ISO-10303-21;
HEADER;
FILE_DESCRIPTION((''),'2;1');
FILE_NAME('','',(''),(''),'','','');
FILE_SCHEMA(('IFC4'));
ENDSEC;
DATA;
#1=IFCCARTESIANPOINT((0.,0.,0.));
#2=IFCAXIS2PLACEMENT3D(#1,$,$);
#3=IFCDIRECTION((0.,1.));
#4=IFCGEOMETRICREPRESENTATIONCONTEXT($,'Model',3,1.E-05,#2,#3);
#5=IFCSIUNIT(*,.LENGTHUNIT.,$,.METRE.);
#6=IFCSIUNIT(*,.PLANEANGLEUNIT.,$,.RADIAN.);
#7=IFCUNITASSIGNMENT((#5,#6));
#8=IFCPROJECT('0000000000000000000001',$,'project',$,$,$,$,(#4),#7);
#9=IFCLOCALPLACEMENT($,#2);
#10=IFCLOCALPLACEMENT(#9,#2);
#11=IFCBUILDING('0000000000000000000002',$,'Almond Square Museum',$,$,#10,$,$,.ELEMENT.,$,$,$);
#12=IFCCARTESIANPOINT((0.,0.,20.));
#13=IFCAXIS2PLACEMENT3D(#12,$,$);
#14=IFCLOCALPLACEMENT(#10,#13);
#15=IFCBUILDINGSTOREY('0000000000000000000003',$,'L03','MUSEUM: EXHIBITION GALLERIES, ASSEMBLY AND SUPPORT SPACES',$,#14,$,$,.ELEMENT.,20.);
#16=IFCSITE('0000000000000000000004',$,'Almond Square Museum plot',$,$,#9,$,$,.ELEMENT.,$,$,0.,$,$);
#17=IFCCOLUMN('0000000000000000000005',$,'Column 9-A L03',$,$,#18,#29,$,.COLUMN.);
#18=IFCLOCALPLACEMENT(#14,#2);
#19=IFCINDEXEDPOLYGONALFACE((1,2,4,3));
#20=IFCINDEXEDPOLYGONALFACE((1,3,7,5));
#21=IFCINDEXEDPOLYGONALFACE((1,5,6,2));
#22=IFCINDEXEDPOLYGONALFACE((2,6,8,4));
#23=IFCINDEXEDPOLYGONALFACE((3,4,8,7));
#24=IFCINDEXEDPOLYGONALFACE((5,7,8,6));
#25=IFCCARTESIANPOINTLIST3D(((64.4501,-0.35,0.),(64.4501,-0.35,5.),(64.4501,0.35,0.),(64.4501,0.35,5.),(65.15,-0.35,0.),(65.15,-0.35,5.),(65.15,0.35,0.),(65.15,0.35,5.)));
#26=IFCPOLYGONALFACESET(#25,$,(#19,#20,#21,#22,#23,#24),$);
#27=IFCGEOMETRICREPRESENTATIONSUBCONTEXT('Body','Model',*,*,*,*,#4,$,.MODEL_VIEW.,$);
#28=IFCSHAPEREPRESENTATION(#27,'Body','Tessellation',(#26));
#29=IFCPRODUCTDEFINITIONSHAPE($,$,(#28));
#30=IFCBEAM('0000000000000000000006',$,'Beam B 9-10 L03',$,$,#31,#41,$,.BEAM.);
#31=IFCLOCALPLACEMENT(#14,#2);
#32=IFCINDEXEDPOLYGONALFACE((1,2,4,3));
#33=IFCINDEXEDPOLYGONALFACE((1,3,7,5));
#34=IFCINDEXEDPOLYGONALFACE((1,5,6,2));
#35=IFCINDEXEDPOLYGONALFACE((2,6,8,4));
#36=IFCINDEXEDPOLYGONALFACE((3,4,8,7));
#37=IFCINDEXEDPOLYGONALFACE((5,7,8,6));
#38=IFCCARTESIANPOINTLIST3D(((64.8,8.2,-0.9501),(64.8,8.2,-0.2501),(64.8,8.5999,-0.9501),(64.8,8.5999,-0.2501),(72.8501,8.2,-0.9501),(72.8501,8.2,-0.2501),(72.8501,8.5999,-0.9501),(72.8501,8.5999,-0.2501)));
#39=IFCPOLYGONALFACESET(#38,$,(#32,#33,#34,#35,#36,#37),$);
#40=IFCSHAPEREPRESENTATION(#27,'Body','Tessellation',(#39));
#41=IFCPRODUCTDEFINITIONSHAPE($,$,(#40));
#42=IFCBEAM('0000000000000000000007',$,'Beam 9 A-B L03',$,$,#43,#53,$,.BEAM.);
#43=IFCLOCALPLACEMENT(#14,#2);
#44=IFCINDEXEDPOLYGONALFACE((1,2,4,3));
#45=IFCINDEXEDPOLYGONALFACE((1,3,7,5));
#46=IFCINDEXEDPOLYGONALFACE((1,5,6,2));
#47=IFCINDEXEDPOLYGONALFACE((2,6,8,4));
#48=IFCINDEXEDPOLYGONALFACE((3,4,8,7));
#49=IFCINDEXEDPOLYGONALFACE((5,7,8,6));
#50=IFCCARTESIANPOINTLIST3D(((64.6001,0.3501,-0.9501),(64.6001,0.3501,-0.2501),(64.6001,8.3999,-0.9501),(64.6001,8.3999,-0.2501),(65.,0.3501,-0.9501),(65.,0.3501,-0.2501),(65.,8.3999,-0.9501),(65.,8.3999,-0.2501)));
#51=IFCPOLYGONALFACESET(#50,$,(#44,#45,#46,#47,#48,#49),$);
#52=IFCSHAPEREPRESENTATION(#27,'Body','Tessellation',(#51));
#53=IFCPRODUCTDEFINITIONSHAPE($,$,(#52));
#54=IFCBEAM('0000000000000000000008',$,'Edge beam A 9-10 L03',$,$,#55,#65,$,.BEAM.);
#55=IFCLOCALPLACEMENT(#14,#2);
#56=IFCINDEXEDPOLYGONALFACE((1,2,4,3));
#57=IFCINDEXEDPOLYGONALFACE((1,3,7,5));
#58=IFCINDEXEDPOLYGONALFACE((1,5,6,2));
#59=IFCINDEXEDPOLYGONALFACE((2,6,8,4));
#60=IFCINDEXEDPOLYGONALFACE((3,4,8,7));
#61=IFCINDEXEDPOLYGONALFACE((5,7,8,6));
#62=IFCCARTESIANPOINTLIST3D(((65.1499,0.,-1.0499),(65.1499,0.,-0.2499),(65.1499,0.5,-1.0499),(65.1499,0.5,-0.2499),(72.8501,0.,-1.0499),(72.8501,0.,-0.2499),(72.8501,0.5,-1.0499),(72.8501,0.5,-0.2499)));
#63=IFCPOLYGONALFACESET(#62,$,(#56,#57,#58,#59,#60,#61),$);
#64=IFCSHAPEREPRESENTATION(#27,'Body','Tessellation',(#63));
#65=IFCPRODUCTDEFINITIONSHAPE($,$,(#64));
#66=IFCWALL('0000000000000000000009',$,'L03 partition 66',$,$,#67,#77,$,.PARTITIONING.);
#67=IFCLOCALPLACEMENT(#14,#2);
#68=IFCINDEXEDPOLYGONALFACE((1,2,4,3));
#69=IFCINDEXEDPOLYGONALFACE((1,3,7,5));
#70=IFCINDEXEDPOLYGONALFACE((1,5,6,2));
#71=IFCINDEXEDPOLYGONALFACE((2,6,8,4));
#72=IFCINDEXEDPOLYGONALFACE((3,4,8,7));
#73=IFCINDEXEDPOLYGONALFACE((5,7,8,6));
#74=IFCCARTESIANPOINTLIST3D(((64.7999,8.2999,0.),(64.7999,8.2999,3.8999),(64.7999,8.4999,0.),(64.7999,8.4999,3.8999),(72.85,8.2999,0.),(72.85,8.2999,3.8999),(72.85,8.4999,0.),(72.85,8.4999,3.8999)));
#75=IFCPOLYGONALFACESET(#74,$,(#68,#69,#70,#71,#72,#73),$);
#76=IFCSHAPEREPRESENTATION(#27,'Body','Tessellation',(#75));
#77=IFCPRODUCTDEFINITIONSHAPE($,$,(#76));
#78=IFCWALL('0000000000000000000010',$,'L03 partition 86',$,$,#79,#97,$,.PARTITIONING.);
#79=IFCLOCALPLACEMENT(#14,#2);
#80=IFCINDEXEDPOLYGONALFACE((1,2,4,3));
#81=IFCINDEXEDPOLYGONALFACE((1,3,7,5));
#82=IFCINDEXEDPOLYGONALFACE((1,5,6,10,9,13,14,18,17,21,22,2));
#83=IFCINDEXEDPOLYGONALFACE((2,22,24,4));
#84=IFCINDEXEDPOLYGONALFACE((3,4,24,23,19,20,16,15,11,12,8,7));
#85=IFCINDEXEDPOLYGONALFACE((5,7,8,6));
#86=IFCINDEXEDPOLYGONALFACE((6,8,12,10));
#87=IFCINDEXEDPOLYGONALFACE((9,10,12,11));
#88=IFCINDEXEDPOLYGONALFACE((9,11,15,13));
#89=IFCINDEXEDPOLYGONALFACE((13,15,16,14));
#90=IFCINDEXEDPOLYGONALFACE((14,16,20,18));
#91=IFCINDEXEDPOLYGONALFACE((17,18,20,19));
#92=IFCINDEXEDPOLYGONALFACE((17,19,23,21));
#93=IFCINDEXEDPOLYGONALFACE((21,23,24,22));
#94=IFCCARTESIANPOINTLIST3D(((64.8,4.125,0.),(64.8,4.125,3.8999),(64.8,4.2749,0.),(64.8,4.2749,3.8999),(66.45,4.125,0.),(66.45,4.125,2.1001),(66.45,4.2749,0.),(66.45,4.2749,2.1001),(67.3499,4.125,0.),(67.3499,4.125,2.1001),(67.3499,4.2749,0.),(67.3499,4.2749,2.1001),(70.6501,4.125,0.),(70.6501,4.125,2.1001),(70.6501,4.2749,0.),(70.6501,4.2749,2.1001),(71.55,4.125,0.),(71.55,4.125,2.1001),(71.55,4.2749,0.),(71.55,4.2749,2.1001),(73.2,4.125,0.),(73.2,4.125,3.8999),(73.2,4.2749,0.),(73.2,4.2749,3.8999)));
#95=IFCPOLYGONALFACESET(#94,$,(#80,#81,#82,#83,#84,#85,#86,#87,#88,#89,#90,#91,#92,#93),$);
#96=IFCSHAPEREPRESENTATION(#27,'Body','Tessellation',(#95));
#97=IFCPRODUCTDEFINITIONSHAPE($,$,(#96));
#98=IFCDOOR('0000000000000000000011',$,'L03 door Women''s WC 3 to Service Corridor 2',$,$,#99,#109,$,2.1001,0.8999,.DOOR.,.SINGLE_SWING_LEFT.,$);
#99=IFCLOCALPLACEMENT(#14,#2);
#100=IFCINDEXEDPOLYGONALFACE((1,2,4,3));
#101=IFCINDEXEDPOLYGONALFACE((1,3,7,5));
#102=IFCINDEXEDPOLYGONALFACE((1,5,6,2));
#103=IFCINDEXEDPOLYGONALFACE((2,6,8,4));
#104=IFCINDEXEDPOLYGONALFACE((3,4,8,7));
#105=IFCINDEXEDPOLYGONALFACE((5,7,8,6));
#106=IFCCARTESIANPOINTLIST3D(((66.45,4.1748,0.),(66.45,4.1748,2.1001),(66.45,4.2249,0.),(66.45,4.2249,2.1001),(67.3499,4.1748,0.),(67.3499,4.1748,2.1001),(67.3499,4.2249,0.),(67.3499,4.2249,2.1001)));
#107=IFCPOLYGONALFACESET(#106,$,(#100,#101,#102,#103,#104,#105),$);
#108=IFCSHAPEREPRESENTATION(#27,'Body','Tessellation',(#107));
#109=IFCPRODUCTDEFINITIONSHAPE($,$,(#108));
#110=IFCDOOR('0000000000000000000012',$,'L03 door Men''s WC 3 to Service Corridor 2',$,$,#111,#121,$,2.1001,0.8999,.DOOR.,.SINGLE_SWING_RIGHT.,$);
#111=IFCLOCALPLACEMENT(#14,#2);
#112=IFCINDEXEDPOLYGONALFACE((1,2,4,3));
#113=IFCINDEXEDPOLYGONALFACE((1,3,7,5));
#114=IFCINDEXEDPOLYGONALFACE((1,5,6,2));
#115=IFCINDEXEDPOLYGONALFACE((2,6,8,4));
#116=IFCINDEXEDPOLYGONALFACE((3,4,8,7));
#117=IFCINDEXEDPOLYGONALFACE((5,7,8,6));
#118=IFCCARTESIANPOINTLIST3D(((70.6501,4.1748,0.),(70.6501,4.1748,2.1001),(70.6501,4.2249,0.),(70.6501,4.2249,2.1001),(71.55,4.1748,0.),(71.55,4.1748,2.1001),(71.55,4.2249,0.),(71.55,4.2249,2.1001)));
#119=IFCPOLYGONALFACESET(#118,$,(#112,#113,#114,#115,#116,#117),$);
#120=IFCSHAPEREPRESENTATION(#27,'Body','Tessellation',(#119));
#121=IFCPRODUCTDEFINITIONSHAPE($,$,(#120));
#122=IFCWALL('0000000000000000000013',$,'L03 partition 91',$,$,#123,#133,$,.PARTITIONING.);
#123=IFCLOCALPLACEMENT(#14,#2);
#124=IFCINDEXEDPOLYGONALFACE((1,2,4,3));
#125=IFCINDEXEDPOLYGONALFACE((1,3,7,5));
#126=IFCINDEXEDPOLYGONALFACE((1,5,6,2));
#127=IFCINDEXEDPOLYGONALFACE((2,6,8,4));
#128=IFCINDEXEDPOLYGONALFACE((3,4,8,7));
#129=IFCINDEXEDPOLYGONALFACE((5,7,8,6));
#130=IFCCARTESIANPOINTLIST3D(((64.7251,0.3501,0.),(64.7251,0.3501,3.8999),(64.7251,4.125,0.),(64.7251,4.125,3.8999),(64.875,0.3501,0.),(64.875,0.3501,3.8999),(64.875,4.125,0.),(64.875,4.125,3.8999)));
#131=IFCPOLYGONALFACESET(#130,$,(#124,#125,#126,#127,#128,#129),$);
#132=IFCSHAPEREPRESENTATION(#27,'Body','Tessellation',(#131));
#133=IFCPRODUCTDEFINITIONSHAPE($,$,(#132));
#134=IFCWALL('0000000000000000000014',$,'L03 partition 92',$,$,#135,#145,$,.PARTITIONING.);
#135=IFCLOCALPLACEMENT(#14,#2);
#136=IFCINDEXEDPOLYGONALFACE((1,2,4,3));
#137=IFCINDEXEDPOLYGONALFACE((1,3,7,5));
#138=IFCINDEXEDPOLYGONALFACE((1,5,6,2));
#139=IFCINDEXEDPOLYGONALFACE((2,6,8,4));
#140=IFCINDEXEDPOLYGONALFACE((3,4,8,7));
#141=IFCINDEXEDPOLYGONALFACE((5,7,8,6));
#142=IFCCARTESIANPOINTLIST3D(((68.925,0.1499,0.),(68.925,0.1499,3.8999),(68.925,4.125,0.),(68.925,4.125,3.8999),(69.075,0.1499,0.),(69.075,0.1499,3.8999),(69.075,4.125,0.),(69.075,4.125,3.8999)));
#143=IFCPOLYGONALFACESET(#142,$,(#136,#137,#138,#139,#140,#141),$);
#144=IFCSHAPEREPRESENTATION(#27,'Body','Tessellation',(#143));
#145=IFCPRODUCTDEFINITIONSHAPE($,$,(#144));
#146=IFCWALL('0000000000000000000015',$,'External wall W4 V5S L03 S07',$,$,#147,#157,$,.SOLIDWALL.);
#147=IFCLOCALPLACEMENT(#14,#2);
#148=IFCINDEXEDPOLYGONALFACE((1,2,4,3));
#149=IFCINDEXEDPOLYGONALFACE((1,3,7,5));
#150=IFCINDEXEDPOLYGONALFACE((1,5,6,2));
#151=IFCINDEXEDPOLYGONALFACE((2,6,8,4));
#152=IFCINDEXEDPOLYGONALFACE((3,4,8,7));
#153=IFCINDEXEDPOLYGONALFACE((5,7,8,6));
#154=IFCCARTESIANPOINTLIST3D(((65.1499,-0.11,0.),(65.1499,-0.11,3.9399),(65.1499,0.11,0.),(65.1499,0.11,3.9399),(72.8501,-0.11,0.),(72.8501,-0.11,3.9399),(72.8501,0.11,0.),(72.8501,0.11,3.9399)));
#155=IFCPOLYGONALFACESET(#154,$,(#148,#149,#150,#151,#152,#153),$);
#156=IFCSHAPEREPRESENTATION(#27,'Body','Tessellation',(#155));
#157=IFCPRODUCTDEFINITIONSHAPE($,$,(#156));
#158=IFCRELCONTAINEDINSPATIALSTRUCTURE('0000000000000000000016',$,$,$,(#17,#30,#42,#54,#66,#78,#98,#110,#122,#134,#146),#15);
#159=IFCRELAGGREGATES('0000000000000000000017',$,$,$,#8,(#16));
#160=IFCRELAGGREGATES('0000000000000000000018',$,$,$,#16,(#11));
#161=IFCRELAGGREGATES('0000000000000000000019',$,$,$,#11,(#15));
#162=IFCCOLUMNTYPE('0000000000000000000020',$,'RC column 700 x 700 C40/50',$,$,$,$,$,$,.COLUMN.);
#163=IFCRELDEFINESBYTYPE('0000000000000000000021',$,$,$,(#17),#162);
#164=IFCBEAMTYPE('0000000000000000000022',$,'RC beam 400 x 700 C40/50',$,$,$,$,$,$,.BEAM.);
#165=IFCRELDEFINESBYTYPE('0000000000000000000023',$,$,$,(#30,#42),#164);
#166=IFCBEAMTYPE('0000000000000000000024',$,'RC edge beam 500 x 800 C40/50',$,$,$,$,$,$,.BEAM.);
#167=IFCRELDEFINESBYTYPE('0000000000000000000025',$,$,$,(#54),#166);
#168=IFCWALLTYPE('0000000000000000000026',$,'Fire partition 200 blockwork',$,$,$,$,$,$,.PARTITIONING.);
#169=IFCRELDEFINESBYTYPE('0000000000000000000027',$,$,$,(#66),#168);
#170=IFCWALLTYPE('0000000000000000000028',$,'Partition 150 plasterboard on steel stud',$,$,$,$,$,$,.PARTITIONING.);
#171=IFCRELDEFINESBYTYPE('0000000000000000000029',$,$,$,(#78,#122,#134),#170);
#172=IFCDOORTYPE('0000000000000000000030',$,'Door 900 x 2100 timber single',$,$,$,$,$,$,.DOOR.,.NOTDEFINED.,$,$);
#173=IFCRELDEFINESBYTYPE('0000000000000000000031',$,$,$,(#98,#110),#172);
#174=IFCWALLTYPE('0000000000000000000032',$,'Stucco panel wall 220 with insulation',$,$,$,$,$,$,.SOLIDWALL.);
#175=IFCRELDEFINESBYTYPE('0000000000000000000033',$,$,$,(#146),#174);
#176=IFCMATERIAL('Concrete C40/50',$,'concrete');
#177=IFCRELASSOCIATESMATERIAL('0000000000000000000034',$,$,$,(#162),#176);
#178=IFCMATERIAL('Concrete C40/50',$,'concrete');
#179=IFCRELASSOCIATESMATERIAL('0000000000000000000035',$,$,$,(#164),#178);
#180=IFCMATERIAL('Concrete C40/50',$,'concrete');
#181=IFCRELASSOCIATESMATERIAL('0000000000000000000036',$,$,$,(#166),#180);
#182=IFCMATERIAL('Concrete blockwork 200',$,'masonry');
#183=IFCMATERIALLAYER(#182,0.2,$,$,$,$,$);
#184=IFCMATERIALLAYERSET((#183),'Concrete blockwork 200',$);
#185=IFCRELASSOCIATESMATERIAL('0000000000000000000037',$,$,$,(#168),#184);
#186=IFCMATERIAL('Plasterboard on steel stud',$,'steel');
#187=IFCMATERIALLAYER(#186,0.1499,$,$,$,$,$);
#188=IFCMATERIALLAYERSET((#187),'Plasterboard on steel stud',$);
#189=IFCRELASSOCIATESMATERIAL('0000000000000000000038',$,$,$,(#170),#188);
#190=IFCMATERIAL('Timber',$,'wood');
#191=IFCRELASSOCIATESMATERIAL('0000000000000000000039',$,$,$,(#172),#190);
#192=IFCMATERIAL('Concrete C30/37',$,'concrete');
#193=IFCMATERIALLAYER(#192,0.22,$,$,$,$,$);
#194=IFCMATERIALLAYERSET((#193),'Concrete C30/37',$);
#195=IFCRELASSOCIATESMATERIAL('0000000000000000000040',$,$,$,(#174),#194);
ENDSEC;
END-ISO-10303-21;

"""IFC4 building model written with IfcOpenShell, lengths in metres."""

from ifc_helpers import new_model, si_unit, direction, frame, frame_2d, origin, origin_2d, place, context, subcontext, project, spatial, rectangle, extrude, material, layer, layer_set, material_profile, profile_set, type_object, element, fill, save


model = new_model("IFC4")

# Units and contexts
model_context = context("Model", 3, precision=1e-05, world=origin(), true_north=direction((0.0, 1.0)))
body_context = subcontext(model_context, "Body", "Model", "MODEL_VIEW")
ifc_project = project(units=[si_unit("LENGTHUNIT", "METRE"), si_unit("PLANEANGLEUNIT", "RADIAN")], contexts=[model_context])

# Site, building, storey
site_placement = place(None, origin())
site = spatial("IfcSite", under=ifc_project, at=site_placement, Name="Almond Square Museum plot", CompositionType="ELEMENT", RefElevation=0.0)
building_placement = place(site_placement, origin())
building = spatial("IfcBuilding", under=site, at=building_placement, Name="Almond Square Museum", CompositionType="ELEMENT")
storey_placement = place(building_placement, frame((0.0, 0.0, 20.0)))
storey = spatial("IfcBuildingStorey", under=building, at=storey_placement, Name="L03", Description="MUSEUM: EXHIBITION GALLERIES, ASSEMBLY AND SUPPORT SPACES", CompositionType="ELEMENT", Elevation=20.0)

# Column
ifc_material_1 = material(Name="Concrete C40/50", Category="concrete")
ifc_material_profile_1 = material_profile(ifc_material_1, rectangle(XDim=0.7, YDim=0.7, at=origin_2d()))
ifc_profile_set_1 = profile_set([ifc_material_profile_1], Name="Concrete C40/50")
column_type = type_object("IfcColumnType", Name="RC column 700 x 700 C40/50", PredefinedType="COLUMN", material=ifc_profile_set_1)
column_placement = place(storey_placement, frame((64.8, 0.0, 0.0), z_axis=(0.0, 0.0, 1.0), x_axis=(1.0, 0.0, 0.0)))
element("IfcColumn", 1, at=column_placement, inside=storey, type_object=column_type, Name="Column 9-A L03", PredefinedType="COLUMN", context=body_context, shape_type="SweptSolid", body=[
    extrude(rectangle(XDim=0.7, YDim=0.7, at=origin_2d()), origin(), (0.0, 0.0, 1.0), 5.0),
])

# Beams
ifc_material_2 = material(Name="Concrete C40/50", Category="concrete")
ifc_material_profile_2 = material_profile(ifc_material_2, rectangle(XDim=0.3999, YDim=0.7, at=origin_2d()))
ifc_profile_set_2 = profile_set([ifc_material_profile_2], Name="Concrete C40/50")
beam_type_1 = type_object("IfcBeamType", Name="RC beam 400 x 700 C40/50", PredefinedType="BEAM", material=ifc_profile_set_2)
beam_1_placement = place(storey_placement, frame((64.8, 8.3999, -0.6001), z_axis=(1.0, 0.0, 0.0), x_axis=(0.0, 1.0, 0.0)))
element("IfcBeam", 2, at=beam_1_placement, inside=storey, type_object=beam_type_1, Name="Beam B 9-10 L03", PredefinedType="BEAM", context=body_context, shape_type="SweptSolid", body=[
    extrude(rectangle(XDim=0.3999, YDim=0.7, at=origin_2d()), origin(), (0.0, 0.0, 1.0), 8.05),
])
beam_2_placement = place(storey_placement, frame((64.8, 0.3501, -0.6001), z_axis=(0.0, 1.0, 0.0), x_axis=(-1.0, 0.0, 0.0)))
element("IfcBeam", 3, at=beam_2_placement, inside=storey, type_object=beam_type_1, Name="Beam 9 A-B L03", PredefinedType="BEAM", context=body_context, shape_type="SweptSolid", body=[
    extrude(rectangle(XDim=0.3999, YDim=0.7, at=origin_2d()), origin(), (0.0, 0.0, 1.0), 8.0498),
])
ifc_material_3 = material(Name="Concrete C40/50", Category="concrete")
ifc_material_profile_3 = material_profile(ifc_material_3, rectangle(XDim=0.5, YDim=0.8, at=origin_2d()))
ifc_profile_set_3 = profile_set([ifc_material_profile_3], Name="Concrete C40/50")
beam_type_2 = type_object("IfcBeamType", Name="RC edge beam 500 x 800 C40/50", PredefinedType="BEAM", material=ifc_profile_set_3)
beam_3_placement = place(storey_placement, frame((65.1499, 0.25, -0.6499), z_axis=(1.0, 0.0, 0.0), x_axis=(0.0, 1.0, 0.0)))
element("IfcBeam", 4, at=beam_3_placement, inside=storey, type_object=beam_type_2, Name="Edge beam A 9-10 L03", PredefinedType="BEAM", context=body_context, shape_type="SweptSolid", body=[
    extrude(rectangle(XDim=0.5, YDim=0.8, at=origin_2d()), origin(), (0.0, 0.0, 1.0), 7.7002),
])

# Wall
ifc_material_4 = material(Name="Concrete blockwork 200", Category="masonry")
ifc_layer_1 = layer(ifc_material_4, 0.2)
ifc_layer_set_1 = layer_set([ifc_layer_1], Name="Concrete blockwork 200")
wall_type_1 = type_object("IfcWallType", Name="Fire partition 200 blockwork", PredefinedType="PARTITIONING", material=ifc_layer_set_1)
wall_1_placement = place(storey_placement, frame((64.8, 8.3999, 0.0), z_axis=(0.0, 0.0, 1.0), x_axis=(1.0, 0.0, 0.0)))
element("IfcWall", 5, at=wall_1_placement, inside=storey, type_object=wall_type_1, Name="L03 partition 66", PredefinedType="PARTITIONING", context=body_context, shape_type="SweptSolid", body=[
    extrude(rectangle(XDim=8.05, YDim=0.2, at=frame_2d((4.0249, 0.0))), origin(), (0.0, 0.0, 1.0), 3.8999),
])

# Wall, openings, doors
ifc_material_5 = material(Name="Plasterboard on steel stud", Category="steel")
ifc_layer_2 = layer(ifc_material_5, 0.1499)
ifc_layer_set_2 = layer_set([ifc_layer_2], Name="Plasterboard on steel stud")
wall_type_2 = type_object("IfcWallType", Name="Partition 150 plasterboard on steel stud", PredefinedType="PARTITIONING", material=ifc_layer_set_2)
wall_2_placement = place(storey_placement, frame((64.8, 4.2, 0.0), z_axis=(0.0, 0.0, 1.0), x_axis=(1.0, 0.0, 0.0)))
wall_2 = element("IfcWall", 6, at=wall_2_placement, inside=storey, type_object=wall_type_2, Name="L03 partition 86", PredefinedType="PARTITIONING", context=body_context, shape_type="SweptSolid", body=[
    extrude(rectangle(XDim=8.3999, YDim=0.1499, at=frame_2d((4.2, 0.0))), origin(), (0.0, 0.0, 1.0), 3.8999),
])
opening_1_placement = place(wall_2_placement, frame((1.6499, 0.0, 0.0)))
opening_1 = element("IfcOpeningElement", 7, at=opening_1_placement, cuts=wall_2, PredefinedType="OPENING", context=body_context, shape_type="SweptSolid", body=[
    extrude(rectangle(XDim=0.8999, YDim=2.1001, at=frame_2d((0.45, 1.05))), frame((0.0, 0.085, 0.0), z_axis=(0.0, -1.0, 0.0), x_axis=(1.0, 0.0, 0.0)), (0.0, 0.0, 1.0), 0.1699),
])
opening_2_placement = place(wall_2_placement, frame((5.8501, 0.0, 0.0)))
opening_2 = element("IfcOpeningElement", 8, at=opening_2_placement, cuts=wall_2, PredefinedType="OPENING", context=body_context, shape_type="SweptSolid", body=[
    extrude(rectangle(XDim=0.8999, YDim=2.1001, at=frame_2d((0.45, 1.05))), frame((0.0, 0.085, 0.0), z_axis=(0.0, -1.0, 0.0), x_axis=(1.0, 0.0, 0.0)), (0.0, 0.0, 1.0), 0.1699),
])
ifc_material_6 = material(Name="Timber", Category="wood")
door_type = type_object("IfcDoorType", Name="Door 900 x 2100 timber single", OperationType="NOTDEFINED", PredefinedType="DOOR", material=ifc_material_6)
door_1_placement = place(opening_1_placement, origin())
door_1 = element("IfcDoor", 9, at=door_1_placement, inside=storey, type_object=door_type, Name="L03 door Women's WC 3 to Service Corridor 2", OperationType="SINGLE_SWING_LEFT", OverallHeight=2.1001, OverallWidth=0.8999, PredefinedType="DOOR", context=body_context, shape_type="SweptSolid", body=[
    extrude(rectangle(XDim=0.8999, YDim=2.1001, at=frame_2d((0.45, 1.05))), frame((0.0, 0.0249, 0.0), z_axis=(0.0, -1.0, 0.0), x_axis=(1.0, 0.0, 0.0)), (0.0, 0.0, 1.0), 0.05),
])
fill(opening_1, door_1)
door_2_placement = place(opening_2_placement, origin())
door_2 = element("IfcDoor", 10, at=door_2_placement, inside=storey, type_object=door_type, Name="L03 door Men's WC 3 to Service Corridor 2", OperationType="SINGLE_SWING_RIGHT", OverallHeight=2.1001, OverallWidth=0.8999, PredefinedType="DOOR", context=body_context, shape_type="SweptSolid", body=[
    extrude(rectangle(XDim=0.8999, YDim=2.1001, at=frame_2d((0.45, 1.05))), frame((0.0, 0.0249, 0.0), z_axis=(0.0, -1.0, 0.0), x_axis=(1.0, 0.0, 0.0)), (0.0, 0.0, 1.0), 0.05),
])
fill(opening_2, door_2)

# Walls
wall_3_placement = place(storey_placement, frame((64.8, 0.3501, 0.0), z_axis=(0.0, 0.0, 1.0), x_axis=(0.0, 1.0, 0.0)))
element("IfcWall", 11, at=wall_3_placement, inside=storey, type_object=wall_type_2, Name="L03 partition 91", PredefinedType="PARTITIONING", context=body_context, shape_type="SweptSolid", body=[
    extrude(rectangle(XDim=3.7749, YDim=0.1499, at=frame_2d((1.8875, 0.0))), origin(), (0.0, 0.0, 1.0), 3.8999),
])
wall_4_placement = place(storey_placement, frame((69.0, 0.1499, 0.0), z_axis=(0.0, 0.0, 1.0), x_axis=(0.0, 1.0, 0.0)))
element("IfcWall", 12, at=wall_4_placement, inside=storey, type_object=wall_type_2, Name="L03 partition 92", PredefinedType="PARTITIONING", context=body_context, shape_type="SweptSolid", body=[
    extrude(rectangle(XDim=3.9751, YDim=0.1499, at=frame_2d((1.9875, 0.0))), origin(), (0.0, 0.0, 1.0), 3.8999),
])
ifc_material_7 = material(Name="Concrete C30/37", Category="concrete")
ifc_layer_3 = layer(ifc_material_7, 0.22)
ifc_layer_set_3 = layer_set([ifc_layer_3], Name="Concrete C30/37")
wall_type_3 = type_object("IfcWallType", Name="Stucco panel wall 220 with insulation", PredefinedType="SOLIDWALL", material=ifc_layer_set_3)
wall_5_placement = place(storey_placement, frame((65.1499, 0.0, 0.0), z_axis=(0.0, 0.0, 1.0), x_axis=(1.0, 0.0, 0.0)))
element("IfcWall", 13, at=wall_5_placement, inside=storey, type_object=wall_type_3, Name="External wall W4 V5S L03 S07", PredefinedType="SOLIDWALL", context=body_context, shape_type="SweptSolid", body=[
    extrude(rectangle(XDim=7.7002, YDim=0.22, at=frame_2d((3.8501, 0.0))), origin(), (0.0, 0.0, 1.0), 3.9399),
])

save(model, "model.ifc")
